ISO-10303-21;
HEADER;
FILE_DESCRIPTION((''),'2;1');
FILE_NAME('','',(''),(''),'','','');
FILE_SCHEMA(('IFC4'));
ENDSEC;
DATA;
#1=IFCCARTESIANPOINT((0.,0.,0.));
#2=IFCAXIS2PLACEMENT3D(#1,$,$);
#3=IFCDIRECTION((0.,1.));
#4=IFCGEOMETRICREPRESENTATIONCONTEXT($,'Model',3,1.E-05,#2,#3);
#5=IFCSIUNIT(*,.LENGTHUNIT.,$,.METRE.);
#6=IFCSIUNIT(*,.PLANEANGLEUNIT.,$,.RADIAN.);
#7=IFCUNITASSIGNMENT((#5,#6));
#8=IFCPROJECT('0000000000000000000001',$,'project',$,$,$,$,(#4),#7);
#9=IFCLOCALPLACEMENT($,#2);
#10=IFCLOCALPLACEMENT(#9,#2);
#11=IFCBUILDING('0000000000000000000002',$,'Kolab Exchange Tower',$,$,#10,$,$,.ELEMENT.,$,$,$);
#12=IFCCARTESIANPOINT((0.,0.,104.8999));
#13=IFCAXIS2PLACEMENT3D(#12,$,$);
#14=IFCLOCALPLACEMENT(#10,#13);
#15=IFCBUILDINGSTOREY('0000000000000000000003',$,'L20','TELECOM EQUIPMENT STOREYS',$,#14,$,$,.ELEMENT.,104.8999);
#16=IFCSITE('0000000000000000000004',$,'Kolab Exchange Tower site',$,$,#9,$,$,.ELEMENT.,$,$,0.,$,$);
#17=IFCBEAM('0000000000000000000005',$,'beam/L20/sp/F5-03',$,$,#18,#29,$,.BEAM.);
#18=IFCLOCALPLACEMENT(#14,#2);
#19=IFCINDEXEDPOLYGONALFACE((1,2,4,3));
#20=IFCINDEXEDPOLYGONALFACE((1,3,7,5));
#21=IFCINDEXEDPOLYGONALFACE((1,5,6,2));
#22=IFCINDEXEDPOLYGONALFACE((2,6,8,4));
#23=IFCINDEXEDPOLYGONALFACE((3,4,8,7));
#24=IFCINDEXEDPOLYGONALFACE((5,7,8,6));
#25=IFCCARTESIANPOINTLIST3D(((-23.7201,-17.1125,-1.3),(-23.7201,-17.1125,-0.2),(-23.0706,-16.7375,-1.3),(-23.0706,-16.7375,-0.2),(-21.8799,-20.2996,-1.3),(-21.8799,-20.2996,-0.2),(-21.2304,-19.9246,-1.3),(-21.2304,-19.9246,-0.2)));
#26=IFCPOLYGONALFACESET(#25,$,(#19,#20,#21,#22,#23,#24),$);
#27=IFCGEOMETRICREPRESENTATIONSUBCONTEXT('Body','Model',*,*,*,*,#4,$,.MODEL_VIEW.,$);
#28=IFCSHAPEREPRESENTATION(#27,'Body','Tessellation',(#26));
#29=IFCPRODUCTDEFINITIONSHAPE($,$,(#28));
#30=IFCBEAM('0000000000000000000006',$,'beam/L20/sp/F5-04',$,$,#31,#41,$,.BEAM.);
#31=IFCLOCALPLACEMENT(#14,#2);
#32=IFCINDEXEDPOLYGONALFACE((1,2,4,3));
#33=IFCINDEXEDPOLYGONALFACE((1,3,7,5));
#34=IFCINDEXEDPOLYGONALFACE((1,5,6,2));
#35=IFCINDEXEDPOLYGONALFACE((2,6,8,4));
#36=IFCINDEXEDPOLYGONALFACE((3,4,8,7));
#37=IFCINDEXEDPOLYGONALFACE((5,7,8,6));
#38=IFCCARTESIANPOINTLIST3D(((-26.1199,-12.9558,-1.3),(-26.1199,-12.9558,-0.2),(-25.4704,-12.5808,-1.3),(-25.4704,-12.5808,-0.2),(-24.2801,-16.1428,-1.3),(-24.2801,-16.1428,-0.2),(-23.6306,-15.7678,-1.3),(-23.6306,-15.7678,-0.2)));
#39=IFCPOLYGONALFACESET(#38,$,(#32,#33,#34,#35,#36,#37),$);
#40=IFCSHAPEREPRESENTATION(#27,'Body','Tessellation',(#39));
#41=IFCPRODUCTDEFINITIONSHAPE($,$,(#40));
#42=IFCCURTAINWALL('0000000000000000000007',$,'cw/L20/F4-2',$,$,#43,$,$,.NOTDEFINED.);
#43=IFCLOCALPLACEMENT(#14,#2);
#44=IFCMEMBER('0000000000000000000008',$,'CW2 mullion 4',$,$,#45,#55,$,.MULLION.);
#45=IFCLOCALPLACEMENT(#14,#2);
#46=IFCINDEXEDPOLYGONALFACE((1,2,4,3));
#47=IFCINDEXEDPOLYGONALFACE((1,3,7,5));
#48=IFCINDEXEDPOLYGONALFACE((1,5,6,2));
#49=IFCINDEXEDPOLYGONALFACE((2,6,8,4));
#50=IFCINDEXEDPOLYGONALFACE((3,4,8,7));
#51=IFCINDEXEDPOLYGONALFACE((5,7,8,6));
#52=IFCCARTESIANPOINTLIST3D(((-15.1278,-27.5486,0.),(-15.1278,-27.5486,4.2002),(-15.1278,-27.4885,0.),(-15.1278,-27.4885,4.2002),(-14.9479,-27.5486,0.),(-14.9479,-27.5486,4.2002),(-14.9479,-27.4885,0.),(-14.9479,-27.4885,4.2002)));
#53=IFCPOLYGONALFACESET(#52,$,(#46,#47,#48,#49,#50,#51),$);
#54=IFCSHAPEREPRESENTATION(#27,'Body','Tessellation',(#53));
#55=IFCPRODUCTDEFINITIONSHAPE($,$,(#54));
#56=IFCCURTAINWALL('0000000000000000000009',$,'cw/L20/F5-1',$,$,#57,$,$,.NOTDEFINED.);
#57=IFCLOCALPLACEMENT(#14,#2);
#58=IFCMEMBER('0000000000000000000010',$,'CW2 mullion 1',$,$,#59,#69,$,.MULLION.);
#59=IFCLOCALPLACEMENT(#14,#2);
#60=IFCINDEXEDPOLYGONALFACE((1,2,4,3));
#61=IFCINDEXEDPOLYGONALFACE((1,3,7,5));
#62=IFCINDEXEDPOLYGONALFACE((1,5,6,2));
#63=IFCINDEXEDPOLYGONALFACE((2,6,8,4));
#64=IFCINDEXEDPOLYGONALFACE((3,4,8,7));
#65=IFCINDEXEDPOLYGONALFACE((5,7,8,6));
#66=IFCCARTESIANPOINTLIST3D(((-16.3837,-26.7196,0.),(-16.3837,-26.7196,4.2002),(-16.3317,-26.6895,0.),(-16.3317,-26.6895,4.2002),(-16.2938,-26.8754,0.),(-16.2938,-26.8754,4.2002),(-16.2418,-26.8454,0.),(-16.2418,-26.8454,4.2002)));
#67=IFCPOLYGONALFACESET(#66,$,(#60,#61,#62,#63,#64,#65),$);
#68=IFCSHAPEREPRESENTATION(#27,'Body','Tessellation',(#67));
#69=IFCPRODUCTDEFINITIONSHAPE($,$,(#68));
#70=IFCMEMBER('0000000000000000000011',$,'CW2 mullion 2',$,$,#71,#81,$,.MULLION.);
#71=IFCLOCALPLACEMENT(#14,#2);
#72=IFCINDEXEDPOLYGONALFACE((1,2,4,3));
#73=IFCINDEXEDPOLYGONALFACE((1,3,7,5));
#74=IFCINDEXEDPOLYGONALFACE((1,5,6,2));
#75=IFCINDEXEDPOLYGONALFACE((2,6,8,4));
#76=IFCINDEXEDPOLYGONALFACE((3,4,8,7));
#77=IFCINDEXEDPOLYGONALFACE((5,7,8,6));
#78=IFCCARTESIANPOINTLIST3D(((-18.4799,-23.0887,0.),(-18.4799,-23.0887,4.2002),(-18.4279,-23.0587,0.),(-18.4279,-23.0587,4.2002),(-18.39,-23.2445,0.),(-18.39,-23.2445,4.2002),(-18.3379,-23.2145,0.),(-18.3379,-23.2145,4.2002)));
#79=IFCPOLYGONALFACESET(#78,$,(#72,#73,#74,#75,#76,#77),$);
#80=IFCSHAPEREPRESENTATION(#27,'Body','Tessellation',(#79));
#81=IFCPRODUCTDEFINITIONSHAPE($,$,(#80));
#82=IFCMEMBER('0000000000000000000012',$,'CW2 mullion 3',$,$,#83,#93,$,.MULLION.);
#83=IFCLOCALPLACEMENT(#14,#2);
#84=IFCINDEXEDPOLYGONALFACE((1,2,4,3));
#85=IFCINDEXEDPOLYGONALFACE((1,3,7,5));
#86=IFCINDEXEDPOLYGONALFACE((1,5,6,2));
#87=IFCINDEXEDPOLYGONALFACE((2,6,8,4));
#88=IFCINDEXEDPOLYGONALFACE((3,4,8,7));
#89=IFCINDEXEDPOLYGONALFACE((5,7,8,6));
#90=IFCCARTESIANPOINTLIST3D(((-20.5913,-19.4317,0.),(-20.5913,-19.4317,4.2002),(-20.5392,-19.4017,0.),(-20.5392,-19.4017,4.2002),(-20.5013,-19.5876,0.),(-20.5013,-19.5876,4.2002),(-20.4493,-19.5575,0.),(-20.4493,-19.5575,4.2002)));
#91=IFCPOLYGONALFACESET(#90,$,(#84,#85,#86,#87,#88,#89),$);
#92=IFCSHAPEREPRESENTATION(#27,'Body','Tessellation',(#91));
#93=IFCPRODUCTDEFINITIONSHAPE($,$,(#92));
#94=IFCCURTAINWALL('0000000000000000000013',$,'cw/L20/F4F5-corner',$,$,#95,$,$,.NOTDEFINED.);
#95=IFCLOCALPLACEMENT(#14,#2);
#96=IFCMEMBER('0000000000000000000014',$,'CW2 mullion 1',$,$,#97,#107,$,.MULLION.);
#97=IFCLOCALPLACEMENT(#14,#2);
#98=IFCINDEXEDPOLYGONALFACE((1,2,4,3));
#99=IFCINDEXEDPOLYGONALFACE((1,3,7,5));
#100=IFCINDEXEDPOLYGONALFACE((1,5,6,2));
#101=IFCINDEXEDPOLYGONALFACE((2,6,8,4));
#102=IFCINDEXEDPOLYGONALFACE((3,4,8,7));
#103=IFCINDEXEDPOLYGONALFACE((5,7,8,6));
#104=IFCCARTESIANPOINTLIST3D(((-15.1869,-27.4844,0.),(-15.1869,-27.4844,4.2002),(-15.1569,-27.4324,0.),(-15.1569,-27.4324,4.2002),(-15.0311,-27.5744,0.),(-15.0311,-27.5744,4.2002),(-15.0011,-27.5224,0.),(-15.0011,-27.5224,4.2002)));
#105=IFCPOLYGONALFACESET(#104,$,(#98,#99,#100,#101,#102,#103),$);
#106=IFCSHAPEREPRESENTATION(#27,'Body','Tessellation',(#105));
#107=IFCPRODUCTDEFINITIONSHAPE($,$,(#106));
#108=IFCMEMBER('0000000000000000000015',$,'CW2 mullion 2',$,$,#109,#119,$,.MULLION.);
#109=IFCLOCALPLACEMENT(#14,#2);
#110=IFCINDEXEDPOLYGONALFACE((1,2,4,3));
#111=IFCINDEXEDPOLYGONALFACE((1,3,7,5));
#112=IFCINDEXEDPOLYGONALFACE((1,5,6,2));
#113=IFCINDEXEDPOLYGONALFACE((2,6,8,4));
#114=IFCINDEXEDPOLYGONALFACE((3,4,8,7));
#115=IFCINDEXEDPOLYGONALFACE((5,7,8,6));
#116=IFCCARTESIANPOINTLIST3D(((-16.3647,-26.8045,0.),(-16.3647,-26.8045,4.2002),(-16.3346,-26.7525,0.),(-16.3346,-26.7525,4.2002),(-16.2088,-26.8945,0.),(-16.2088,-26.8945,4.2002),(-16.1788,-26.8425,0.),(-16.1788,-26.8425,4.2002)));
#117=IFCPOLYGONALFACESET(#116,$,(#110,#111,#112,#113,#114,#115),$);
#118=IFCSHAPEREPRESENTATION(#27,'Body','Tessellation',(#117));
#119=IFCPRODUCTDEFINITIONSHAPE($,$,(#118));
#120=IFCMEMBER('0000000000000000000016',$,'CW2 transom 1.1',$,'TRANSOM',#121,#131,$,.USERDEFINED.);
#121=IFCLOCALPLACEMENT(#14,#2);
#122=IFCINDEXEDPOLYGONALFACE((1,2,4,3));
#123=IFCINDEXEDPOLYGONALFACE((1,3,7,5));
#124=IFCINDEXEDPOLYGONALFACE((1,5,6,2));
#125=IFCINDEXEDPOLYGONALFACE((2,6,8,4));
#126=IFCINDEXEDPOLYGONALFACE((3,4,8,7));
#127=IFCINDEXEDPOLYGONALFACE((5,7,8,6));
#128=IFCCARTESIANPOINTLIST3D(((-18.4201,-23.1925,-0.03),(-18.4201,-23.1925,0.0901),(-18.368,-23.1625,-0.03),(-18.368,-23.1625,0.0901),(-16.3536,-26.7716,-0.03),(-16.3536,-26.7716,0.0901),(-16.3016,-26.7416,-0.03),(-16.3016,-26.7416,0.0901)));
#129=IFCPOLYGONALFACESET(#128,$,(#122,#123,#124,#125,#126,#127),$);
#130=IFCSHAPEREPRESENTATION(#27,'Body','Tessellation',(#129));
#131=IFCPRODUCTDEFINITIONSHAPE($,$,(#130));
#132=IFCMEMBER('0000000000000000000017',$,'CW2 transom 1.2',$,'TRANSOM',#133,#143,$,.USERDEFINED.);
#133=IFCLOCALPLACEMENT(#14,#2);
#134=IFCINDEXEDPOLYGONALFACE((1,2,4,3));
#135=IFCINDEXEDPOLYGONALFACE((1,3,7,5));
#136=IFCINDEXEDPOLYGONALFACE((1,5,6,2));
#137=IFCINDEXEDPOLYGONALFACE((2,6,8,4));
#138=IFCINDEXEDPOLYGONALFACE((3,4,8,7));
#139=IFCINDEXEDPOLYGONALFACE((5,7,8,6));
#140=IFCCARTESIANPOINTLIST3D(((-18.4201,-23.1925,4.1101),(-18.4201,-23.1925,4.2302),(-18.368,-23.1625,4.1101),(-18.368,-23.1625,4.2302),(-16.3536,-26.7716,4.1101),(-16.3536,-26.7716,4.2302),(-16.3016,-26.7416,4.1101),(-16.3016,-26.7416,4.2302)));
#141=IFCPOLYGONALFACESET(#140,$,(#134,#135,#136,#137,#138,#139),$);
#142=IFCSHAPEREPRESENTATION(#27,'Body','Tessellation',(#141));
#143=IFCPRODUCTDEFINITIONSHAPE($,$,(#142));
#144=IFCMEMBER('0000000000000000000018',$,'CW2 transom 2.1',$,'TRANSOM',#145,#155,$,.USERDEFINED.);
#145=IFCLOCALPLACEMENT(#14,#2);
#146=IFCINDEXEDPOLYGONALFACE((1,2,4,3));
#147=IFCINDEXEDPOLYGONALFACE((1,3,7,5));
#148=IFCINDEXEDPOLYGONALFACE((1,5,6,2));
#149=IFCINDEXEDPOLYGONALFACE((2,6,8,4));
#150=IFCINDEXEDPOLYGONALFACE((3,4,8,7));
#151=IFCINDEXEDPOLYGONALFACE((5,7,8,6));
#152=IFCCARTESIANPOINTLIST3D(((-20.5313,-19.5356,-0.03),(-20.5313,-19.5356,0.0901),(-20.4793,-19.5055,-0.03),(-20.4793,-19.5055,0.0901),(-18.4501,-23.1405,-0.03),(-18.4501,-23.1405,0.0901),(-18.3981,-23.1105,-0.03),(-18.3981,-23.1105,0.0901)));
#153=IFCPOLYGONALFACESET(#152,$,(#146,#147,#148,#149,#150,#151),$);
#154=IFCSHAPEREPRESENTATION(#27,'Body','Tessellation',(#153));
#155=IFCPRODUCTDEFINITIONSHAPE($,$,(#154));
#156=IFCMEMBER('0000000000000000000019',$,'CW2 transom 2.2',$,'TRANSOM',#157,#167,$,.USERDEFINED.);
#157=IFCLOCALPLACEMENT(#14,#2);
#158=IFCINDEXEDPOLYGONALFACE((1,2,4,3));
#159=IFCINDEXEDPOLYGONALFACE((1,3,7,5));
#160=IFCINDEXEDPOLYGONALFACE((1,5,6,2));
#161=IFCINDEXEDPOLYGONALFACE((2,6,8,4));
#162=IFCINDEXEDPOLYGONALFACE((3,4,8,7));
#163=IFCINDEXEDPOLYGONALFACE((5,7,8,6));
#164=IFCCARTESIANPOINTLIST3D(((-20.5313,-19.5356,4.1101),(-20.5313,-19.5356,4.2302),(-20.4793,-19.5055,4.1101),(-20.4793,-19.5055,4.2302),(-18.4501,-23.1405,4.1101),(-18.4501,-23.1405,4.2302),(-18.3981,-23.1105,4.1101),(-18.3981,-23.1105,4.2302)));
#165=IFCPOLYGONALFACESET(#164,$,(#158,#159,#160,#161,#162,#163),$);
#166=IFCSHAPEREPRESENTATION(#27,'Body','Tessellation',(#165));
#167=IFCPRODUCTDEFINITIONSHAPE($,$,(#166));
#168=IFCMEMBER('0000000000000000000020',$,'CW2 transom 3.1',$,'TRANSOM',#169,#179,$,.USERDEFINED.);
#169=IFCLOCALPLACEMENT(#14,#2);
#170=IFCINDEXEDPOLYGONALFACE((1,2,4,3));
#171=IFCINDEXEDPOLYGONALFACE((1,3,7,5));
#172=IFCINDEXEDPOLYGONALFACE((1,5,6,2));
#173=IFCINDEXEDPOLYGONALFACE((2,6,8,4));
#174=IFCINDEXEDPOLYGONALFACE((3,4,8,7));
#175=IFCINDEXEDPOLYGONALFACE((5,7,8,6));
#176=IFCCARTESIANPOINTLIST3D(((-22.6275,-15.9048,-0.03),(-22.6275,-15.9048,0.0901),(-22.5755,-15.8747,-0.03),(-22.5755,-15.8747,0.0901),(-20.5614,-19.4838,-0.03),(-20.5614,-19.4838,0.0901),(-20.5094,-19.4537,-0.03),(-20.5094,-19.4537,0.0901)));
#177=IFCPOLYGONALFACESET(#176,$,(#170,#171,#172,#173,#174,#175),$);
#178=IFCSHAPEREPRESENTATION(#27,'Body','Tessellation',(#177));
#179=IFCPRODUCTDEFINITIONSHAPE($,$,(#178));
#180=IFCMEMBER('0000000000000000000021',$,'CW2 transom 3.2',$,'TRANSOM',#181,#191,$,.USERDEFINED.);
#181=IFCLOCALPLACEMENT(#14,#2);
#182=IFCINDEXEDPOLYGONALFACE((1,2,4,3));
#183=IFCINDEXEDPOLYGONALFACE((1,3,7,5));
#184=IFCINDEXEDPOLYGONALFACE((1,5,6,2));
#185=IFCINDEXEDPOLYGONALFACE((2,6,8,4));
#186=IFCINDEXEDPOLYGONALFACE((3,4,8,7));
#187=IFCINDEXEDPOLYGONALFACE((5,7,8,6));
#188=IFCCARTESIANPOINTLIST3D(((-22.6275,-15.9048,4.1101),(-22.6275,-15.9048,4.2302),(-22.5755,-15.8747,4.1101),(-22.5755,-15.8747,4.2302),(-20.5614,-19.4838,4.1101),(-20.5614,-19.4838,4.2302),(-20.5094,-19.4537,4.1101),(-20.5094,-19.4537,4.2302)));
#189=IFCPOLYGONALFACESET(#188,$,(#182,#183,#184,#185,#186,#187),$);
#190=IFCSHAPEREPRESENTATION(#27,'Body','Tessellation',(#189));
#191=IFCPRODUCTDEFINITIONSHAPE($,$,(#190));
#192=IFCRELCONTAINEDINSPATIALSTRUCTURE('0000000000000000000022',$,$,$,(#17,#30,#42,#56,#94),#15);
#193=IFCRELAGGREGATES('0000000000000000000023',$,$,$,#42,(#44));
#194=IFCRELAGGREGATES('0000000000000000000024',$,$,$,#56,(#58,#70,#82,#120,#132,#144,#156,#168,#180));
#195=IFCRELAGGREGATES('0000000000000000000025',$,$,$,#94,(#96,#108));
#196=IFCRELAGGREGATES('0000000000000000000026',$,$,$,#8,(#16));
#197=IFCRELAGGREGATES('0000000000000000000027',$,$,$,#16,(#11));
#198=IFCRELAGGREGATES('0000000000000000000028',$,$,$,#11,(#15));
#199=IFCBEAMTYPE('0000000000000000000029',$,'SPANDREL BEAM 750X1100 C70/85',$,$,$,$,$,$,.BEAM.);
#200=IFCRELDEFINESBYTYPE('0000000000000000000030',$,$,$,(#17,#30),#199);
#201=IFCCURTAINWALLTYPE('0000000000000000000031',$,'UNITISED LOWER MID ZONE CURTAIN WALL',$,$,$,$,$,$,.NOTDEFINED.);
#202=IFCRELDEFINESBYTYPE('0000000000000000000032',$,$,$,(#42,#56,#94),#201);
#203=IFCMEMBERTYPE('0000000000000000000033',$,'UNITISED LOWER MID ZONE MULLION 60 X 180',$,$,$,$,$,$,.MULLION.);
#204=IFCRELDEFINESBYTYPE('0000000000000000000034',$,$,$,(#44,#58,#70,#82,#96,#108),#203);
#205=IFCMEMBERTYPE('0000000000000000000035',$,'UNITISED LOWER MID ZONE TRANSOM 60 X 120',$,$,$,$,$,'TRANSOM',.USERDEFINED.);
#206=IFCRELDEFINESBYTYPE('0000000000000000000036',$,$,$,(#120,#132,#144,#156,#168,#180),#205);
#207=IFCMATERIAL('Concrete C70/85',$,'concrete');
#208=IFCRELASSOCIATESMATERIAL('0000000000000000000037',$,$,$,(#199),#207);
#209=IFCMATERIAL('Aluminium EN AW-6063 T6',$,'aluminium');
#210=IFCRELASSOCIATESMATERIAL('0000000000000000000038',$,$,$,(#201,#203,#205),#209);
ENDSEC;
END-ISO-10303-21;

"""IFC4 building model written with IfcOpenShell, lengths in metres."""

from ifc_helpers import new_model, si_unit, direction, frame, origin, origin_2d, place, context, subcontext, project, spatial, rectangle, extrude, material, material_profile, profile_set, type_object, element, aggregate, save


model = new_model("IFC4")

# Units and contexts
model_context = context("Model", 3, precision=1e-05, world=origin(), true_north=direction((0.0, 1.0)))
body_context = subcontext(model_context, "Body", "Model", "MODEL_VIEW")
ifc_project = project(units=[si_unit("LENGTHUNIT", "METRE"), si_unit("PLANEANGLEUNIT", "RADIAN")], contexts=[model_context])

# Site, building, storey
site_placement = place(None, origin())
site = spatial("IfcSite", under=ifc_project, at=site_placement, Name="Kolab Exchange Tower site", CompositionType="ELEMENT", RefElevation=0.0)
building_placement = place(site_placement, origin())
building = spatial("IfcBuilding", under=site, at=building_placement, Name="Kolab Exchange Tower", CompositionType="ELEMENT")
storey_placement = place(building_placement, frame((0.0, 0.0, 104.8999)))
storey = spatial("IfcBuildingStorey", under=building, at=storey_placement, Name="L20", Description="TELECOM EQUIPMENT STOREYS", CompositionType="ELEMENT", Elevation=104.8999)

# Shared definitions
ifc_material_1 = material(Name="Concrete C70/85", Category="concrete")

# Beams
ifc_material_profile_1 = material_profile(ifc_material_1, rectangle(XDim=0.75, YDim=1.1001, at=origin_2d()), Name="RC750X1100")
ifc_profile_set_1 = profile_set([ifc_material_profile_1], Name="Concrete C70/85")
beam_type_1 = type_object("IfcBeamType", Name="SPANDREL BEAM 750X1100 C70/85", PredefinedType="BEAM", material=ifc_profile_set_1)
for number, where, z_axis, x_axis, name in (
    (1, (-21.5552, -20.1121, -0.75), (-0.500013, 0.866018, 0.0), (-0.866018, -0.500013, 0.0), "beam/L20/sp/F5-03"),
):
    element("IfcBeam", number, at=place(storey_placement, frame(where, z_axis=z_axis, x_axis=x_axis)), inside=storey, type_object=beam_type_1, Name=name, PredefinedType="BEAM", context=body_context, shape_type="SweptSolid", body=[
        extrude(rectangle(XDim=0.75, YDim=1.1001, at=origin_2d()), origin(), (0.0, 0.0, 1.0), 3.6802),
    ])
beam_1_placement = place(storey_placement, frame((-23.9553, -15.9553, -0.75), z_axis=(-0.499964, 0.866046, 0.0), x_axis=(-0.866046, -0.499964, 0.0)))
element("IfcBeam", 2, at=beam_1_placement, inside=storey, type_object=beam_type_1, Name="beam/L20/sp/F5-04", PredefinedType="BEAM", context=body_context, shape_type="SweptSolid", body=[
    extrude(rectangle(XDim=0.75, YDim=1.1001, at=origin_2d()), origin(), (0.0, 0.0, 1.0), 3.6799),
])

# Curtain wall, member
ifc_material_2 = material(Name="Aluminium EN AW-6063 T6", Category="aluminium")
curtain_wall_type = type_object("IfcCurtainWallType", Name="UNITISED LOWER MID ZONE CURTAIN WALL", PredefinedType="NOTDEFINED", material=ifc_material_2)
curtain_wall_1_placement = place(storey_placement, origin())
curtain_wall_1 = element("IfcCurtainWall", 3, at=curtain_wall_1_placement, inside=storey, type_object=curtain_wall_type, Name="cw/L20/F4-2", PredefinedType="NOTDEFINED")
ifc_material_profile_2 = material_profile(ifc_material_2, rectangle(XDim=0.0601, YDim=0.1799, at=origin_2d()), Name="RECT 60X180")
ifc_profile_set_2 = profile_set([ifc_material_profile_2], Name="Aluminium EN AW-6063 T6")
member_type_1 = type_object("IfcMemberType", Name="UNITISED LOWER MID ZONE MULLION 60 X 180", PredefinedType="MULLION", material=ifc_profile_set_2)
member_1_placement = place(storey_placement, frame((-15.0378, -27.5186, 0.0), z_axis=(0.0, 0.0, 1.0), x_axis=(0.0, -1.0, 0.0)))
member_1 = element("IfcMember", 4, at=member_1_placement, type_object=member_type_1, Name="CW2 mullion 4", PredefinedType="MULLION", context=body_context, shape_type="SweptSolid", body=[
    extrude(rectangle(XDim=0.0601, YDim=0.1799, at=origin_2d()), origin(), (0.0, 0.0, 1.0), 4.2002),
])
aggregate(curtain_wall_1, [member_1])

# Curtain walls, members
curtain_wall_2_placement = place(storey_placement, origin())
curtain_wall_2 = element("IfcCurtainWall", 5, at=curtain_wall_2_placement, inside=storey, type_object=curtain_wall_type, Name="cw/L20/F5-1", PredefinedType="NOTDEFINED")
member_2_placement = place(storey_placement, frame((-16.3127, -26.7825, 0.0), z_axis=(0.0, 0.0, 1.0), x_axis=(-0.866025, -0.5, 0.0)))
member_2 = element("IfcMember", 6, at=member_2_placement, type_object=member_type_1, Name="CW2 mullion 1", PredefinedType="MULLION", context=body_context, shape_type="SweptSolid", body=[
    extrude(rectangle(XDim=0.0601, YDim=0.1799, at=origin_2d()), origin(), (0.0, 0.0, 1.0), 4.2002),
])
member_3_placement = place(storey_placement, frame((-18.4089, -23.1516, 0.0), z_axis=(0.0, 0.0, 1.0), x_axis=(-0.866025, -0.5, 0.0)))
member_3 = element("IfcMember", 7, at=member_3_placement, type_object=member_type_1, Name="CW2 mullion 2", PredefinedType="MULLION", context=body_context, shape_type="SweptSolid", body=[
    extrude(rectangle(XDim=0.0601, YDim=0.1799, at=origin_2d()), origin(), (0.0, 0.0, 1.0), 4.2002),
])
member_4_placement = place(storey_placement, frame((-20.5203, -19.4946, 0.0), z_axis=(0.0, 0.0, 1.0), x_axis=(-0.866025, -0.5, 0.0)))
member_4 = element("IfcMember", 8, at=member_4_placement, type_object=member_type_1, Name="CW2 mullion 3", PredefinedType="MULLION", context=body_context, shape_type="SweptSolid", body=[
    extrude(rectangle(XDim=0.0601, YDim=0.1799, at=origin_2d()), origin(), (0.0, 0.0, 1.0), 4.2002),
])
curtain_wall_3_placement = place(storey_placement, origin())
curtain_wall_3 = element("IfcCurtainWall", 9, at=curtain_wall_3_placement, inside=storey, type_object=curtain_wall_type, Name="cw/L20/F4F5-corner", PredefinedType="NOTDEFINED")
member_5_placement = place(storey_placement, frame((-15.094, -27.5034, 0.0), z_axis=(0.0, 0.0, 1.0), x_axis=(-0.5, -0.866025, 0.0)))
member_5 = element("IfcMember", 10, at=member_5_placement, type_object=member_type_1, Name="CW2 mullion 1", PredefinedType="MULLION", context=body_context, shape_type="SweptSolid", body=[
    extrude(rectangle(XDim=0.0601, YDim=0.1799, at=origin_2d()), origin(), (0.0, 0.0, 1.0), 4.2002),
])
member_6_placement = place(storey_placement, frame((-16.2717, -26.8235, 0.0), z_axis=(0.0, 0.0, 1.0), x_axis=(-0.5, -0.866025, 0.0)))
member_6 = element("IfcMember", 11, at=member_6_placement, type_object=member_type_1, Name="CW2 mullion 2", PredefinedType="MULLION", context=body_context, shape_type="SweptSolid", body=[
    extrude(rectangle(XDim=0.0601, YDim=0.1799, at=origin_2d()), origin(), (0.0, 0.0, 1.0), 4.2002),
])

# Members
ifc_material_profile_3 = material_profile(ifc_material_2, rectangle(XDim=0.0601, YDim=0.1201, at=origin_2d()), Name="RECT 60X120")
ifc_profile_set_3 = profile_set([ifc_material_profile_3], Name="Aluminium EN AW-6063 T6")
member_type_2 = type_object("IfcMemberType", Name="UNITISED LOWER MID ZONE TRANSOM 60 X 120", ElementType="TRANSOM", PredefinedType="USERDEFINED", material=ifc_profile_set_3)
member_7_placement = place(storey_placement, frame((-16.3276, -26.7566, 0.03), z_axis=(-0.500002, 0.866024, 0.0), x_axis=(-0.866024, -0.500002, 0.0)))
member_7 = element("IfcMember", 12, at=member_7_placement, type_object=member_type_2, Name="CW2 transom 1.1", ObjectType="TRANSOM", PredefinedType="USERDEFINED", context=body_context, shape_type="SweptSolid", body=[
    extrude(rectangle(XDim=0.0601, YDim=0.1201, at=origin_2d()), origin(), (0.0, 0.0, 1.0), 4.1328),
])
member_8_placement = place(storey_placement, frame((-16.3276, -26.7566, 4.1702), z_axis=(-0.500002, 0.866024, 0.0), x_axis=(-0.866024, -0.500002, 0.0)))
member_8 = element("IfcMember", 13, at=member_8_placement, type_object=member_type_2, Name="CW2 transom 1.2", ObjectType="TRANSOM", PredefinedType="USERDEFINED", context=body_context, shape_type="SweptSolid", body=[
    extrude(rectangle(XDim=0.0601, YDim=0.1201, at=origin_2d()), origin(), (0.0, 0.0, 1.0), 4.1328),
])
member_9_placement = place(storey_placement, frame((-18.4241, -23.1255, 0.03), z_axis=(-0.499993, 0.866029, 0.0), x_axis=(-0.866029, -0.499993, 0.0)))
member_9 = element("IfcMember", 14, at=member_9_placement, type_object=member_type_2, Name="CW2 transom 2.1", ObjectType="TRANSOM", PredefinedType="USERDEFINED", context=body_context, shape_type="SweptSolid", body=[
    extrude(rectangle(XDim=0.0601, YDim=0.1201, at=origin_2d()), origin(), (0.0, 0.0, 1.0), 4.1626),
])
member_10_placement = place(storey_placement, frame((-18.4241, -23.1255, 4.1702), z_axis=(-0.499993, 0.866029, 0.0), x_axis=(-0.866029, -0.499993, 0.0)))
member_10 = element("IfcMember", 15, at=member_10_placement, type_object=member_type_2, Name="CW2 transom 2.2", ObjectType="TRANSOM", PredefinedType="USERDEFINED", context=body_context, shape_type="SweptSolid", body=[
    extrude(rectangle(XDim=0.0601, YDim=0.1201, at=origin_2d()), origin(), (0.0, 0.0, 1.0), 4.1626),
])
member_11_placement = place(storey_placement, frame((-20.5354, -19.4688, 0.03), z_axis=(-0.499958, 0.86605, 0.0), x_axis=(-0.86605, -0.499958, 0.0)))
member_11 = element("IfcMember", 16, at=member_11_placement, type_object=member_type_2, Name="CW2 transom 3.1", ObjectType="TRANSOM", PredefinedType="USERDEFINED", context=body_context, shape_type="SweptSolid", body=[
    extrude(rectangle(XDim=0.0601, YDim=0.1201, at=origin_2d()), origin(), (0.0, 0.0, 1.0), 4.1326),
])
member_12_placement = place(storey_placement, frame((-20.5354, -19.4688, 4.1702), z_axis=(-0.499958, 0.86605, 0.0), x_axis=(-0.86605, -0.499958, 0.0)))
member_12 = element("IfcMember", 17, at=member_12_placement, type_object=member_type_2, Name="CW2 transom 3.2", ObjectType="TRANSOM", PredefinedType="USERDEFINED", context=body_context, shape_type="SweptSolid", body=[
    extrude(rectangle(XDim=0.0601, YDim=0.1201, at=origin_2d()), origin(), (0.0, 0.0, 1.0), 4.1326),
])

aggregate(curtain_wall_2, [member_2, member_3, member_4, member_7, member_8, member_9, member_10, member_11, member_12])
aggregate(curtain_wall_3, [member_5, member_6])

save(model, "model.ifc")
